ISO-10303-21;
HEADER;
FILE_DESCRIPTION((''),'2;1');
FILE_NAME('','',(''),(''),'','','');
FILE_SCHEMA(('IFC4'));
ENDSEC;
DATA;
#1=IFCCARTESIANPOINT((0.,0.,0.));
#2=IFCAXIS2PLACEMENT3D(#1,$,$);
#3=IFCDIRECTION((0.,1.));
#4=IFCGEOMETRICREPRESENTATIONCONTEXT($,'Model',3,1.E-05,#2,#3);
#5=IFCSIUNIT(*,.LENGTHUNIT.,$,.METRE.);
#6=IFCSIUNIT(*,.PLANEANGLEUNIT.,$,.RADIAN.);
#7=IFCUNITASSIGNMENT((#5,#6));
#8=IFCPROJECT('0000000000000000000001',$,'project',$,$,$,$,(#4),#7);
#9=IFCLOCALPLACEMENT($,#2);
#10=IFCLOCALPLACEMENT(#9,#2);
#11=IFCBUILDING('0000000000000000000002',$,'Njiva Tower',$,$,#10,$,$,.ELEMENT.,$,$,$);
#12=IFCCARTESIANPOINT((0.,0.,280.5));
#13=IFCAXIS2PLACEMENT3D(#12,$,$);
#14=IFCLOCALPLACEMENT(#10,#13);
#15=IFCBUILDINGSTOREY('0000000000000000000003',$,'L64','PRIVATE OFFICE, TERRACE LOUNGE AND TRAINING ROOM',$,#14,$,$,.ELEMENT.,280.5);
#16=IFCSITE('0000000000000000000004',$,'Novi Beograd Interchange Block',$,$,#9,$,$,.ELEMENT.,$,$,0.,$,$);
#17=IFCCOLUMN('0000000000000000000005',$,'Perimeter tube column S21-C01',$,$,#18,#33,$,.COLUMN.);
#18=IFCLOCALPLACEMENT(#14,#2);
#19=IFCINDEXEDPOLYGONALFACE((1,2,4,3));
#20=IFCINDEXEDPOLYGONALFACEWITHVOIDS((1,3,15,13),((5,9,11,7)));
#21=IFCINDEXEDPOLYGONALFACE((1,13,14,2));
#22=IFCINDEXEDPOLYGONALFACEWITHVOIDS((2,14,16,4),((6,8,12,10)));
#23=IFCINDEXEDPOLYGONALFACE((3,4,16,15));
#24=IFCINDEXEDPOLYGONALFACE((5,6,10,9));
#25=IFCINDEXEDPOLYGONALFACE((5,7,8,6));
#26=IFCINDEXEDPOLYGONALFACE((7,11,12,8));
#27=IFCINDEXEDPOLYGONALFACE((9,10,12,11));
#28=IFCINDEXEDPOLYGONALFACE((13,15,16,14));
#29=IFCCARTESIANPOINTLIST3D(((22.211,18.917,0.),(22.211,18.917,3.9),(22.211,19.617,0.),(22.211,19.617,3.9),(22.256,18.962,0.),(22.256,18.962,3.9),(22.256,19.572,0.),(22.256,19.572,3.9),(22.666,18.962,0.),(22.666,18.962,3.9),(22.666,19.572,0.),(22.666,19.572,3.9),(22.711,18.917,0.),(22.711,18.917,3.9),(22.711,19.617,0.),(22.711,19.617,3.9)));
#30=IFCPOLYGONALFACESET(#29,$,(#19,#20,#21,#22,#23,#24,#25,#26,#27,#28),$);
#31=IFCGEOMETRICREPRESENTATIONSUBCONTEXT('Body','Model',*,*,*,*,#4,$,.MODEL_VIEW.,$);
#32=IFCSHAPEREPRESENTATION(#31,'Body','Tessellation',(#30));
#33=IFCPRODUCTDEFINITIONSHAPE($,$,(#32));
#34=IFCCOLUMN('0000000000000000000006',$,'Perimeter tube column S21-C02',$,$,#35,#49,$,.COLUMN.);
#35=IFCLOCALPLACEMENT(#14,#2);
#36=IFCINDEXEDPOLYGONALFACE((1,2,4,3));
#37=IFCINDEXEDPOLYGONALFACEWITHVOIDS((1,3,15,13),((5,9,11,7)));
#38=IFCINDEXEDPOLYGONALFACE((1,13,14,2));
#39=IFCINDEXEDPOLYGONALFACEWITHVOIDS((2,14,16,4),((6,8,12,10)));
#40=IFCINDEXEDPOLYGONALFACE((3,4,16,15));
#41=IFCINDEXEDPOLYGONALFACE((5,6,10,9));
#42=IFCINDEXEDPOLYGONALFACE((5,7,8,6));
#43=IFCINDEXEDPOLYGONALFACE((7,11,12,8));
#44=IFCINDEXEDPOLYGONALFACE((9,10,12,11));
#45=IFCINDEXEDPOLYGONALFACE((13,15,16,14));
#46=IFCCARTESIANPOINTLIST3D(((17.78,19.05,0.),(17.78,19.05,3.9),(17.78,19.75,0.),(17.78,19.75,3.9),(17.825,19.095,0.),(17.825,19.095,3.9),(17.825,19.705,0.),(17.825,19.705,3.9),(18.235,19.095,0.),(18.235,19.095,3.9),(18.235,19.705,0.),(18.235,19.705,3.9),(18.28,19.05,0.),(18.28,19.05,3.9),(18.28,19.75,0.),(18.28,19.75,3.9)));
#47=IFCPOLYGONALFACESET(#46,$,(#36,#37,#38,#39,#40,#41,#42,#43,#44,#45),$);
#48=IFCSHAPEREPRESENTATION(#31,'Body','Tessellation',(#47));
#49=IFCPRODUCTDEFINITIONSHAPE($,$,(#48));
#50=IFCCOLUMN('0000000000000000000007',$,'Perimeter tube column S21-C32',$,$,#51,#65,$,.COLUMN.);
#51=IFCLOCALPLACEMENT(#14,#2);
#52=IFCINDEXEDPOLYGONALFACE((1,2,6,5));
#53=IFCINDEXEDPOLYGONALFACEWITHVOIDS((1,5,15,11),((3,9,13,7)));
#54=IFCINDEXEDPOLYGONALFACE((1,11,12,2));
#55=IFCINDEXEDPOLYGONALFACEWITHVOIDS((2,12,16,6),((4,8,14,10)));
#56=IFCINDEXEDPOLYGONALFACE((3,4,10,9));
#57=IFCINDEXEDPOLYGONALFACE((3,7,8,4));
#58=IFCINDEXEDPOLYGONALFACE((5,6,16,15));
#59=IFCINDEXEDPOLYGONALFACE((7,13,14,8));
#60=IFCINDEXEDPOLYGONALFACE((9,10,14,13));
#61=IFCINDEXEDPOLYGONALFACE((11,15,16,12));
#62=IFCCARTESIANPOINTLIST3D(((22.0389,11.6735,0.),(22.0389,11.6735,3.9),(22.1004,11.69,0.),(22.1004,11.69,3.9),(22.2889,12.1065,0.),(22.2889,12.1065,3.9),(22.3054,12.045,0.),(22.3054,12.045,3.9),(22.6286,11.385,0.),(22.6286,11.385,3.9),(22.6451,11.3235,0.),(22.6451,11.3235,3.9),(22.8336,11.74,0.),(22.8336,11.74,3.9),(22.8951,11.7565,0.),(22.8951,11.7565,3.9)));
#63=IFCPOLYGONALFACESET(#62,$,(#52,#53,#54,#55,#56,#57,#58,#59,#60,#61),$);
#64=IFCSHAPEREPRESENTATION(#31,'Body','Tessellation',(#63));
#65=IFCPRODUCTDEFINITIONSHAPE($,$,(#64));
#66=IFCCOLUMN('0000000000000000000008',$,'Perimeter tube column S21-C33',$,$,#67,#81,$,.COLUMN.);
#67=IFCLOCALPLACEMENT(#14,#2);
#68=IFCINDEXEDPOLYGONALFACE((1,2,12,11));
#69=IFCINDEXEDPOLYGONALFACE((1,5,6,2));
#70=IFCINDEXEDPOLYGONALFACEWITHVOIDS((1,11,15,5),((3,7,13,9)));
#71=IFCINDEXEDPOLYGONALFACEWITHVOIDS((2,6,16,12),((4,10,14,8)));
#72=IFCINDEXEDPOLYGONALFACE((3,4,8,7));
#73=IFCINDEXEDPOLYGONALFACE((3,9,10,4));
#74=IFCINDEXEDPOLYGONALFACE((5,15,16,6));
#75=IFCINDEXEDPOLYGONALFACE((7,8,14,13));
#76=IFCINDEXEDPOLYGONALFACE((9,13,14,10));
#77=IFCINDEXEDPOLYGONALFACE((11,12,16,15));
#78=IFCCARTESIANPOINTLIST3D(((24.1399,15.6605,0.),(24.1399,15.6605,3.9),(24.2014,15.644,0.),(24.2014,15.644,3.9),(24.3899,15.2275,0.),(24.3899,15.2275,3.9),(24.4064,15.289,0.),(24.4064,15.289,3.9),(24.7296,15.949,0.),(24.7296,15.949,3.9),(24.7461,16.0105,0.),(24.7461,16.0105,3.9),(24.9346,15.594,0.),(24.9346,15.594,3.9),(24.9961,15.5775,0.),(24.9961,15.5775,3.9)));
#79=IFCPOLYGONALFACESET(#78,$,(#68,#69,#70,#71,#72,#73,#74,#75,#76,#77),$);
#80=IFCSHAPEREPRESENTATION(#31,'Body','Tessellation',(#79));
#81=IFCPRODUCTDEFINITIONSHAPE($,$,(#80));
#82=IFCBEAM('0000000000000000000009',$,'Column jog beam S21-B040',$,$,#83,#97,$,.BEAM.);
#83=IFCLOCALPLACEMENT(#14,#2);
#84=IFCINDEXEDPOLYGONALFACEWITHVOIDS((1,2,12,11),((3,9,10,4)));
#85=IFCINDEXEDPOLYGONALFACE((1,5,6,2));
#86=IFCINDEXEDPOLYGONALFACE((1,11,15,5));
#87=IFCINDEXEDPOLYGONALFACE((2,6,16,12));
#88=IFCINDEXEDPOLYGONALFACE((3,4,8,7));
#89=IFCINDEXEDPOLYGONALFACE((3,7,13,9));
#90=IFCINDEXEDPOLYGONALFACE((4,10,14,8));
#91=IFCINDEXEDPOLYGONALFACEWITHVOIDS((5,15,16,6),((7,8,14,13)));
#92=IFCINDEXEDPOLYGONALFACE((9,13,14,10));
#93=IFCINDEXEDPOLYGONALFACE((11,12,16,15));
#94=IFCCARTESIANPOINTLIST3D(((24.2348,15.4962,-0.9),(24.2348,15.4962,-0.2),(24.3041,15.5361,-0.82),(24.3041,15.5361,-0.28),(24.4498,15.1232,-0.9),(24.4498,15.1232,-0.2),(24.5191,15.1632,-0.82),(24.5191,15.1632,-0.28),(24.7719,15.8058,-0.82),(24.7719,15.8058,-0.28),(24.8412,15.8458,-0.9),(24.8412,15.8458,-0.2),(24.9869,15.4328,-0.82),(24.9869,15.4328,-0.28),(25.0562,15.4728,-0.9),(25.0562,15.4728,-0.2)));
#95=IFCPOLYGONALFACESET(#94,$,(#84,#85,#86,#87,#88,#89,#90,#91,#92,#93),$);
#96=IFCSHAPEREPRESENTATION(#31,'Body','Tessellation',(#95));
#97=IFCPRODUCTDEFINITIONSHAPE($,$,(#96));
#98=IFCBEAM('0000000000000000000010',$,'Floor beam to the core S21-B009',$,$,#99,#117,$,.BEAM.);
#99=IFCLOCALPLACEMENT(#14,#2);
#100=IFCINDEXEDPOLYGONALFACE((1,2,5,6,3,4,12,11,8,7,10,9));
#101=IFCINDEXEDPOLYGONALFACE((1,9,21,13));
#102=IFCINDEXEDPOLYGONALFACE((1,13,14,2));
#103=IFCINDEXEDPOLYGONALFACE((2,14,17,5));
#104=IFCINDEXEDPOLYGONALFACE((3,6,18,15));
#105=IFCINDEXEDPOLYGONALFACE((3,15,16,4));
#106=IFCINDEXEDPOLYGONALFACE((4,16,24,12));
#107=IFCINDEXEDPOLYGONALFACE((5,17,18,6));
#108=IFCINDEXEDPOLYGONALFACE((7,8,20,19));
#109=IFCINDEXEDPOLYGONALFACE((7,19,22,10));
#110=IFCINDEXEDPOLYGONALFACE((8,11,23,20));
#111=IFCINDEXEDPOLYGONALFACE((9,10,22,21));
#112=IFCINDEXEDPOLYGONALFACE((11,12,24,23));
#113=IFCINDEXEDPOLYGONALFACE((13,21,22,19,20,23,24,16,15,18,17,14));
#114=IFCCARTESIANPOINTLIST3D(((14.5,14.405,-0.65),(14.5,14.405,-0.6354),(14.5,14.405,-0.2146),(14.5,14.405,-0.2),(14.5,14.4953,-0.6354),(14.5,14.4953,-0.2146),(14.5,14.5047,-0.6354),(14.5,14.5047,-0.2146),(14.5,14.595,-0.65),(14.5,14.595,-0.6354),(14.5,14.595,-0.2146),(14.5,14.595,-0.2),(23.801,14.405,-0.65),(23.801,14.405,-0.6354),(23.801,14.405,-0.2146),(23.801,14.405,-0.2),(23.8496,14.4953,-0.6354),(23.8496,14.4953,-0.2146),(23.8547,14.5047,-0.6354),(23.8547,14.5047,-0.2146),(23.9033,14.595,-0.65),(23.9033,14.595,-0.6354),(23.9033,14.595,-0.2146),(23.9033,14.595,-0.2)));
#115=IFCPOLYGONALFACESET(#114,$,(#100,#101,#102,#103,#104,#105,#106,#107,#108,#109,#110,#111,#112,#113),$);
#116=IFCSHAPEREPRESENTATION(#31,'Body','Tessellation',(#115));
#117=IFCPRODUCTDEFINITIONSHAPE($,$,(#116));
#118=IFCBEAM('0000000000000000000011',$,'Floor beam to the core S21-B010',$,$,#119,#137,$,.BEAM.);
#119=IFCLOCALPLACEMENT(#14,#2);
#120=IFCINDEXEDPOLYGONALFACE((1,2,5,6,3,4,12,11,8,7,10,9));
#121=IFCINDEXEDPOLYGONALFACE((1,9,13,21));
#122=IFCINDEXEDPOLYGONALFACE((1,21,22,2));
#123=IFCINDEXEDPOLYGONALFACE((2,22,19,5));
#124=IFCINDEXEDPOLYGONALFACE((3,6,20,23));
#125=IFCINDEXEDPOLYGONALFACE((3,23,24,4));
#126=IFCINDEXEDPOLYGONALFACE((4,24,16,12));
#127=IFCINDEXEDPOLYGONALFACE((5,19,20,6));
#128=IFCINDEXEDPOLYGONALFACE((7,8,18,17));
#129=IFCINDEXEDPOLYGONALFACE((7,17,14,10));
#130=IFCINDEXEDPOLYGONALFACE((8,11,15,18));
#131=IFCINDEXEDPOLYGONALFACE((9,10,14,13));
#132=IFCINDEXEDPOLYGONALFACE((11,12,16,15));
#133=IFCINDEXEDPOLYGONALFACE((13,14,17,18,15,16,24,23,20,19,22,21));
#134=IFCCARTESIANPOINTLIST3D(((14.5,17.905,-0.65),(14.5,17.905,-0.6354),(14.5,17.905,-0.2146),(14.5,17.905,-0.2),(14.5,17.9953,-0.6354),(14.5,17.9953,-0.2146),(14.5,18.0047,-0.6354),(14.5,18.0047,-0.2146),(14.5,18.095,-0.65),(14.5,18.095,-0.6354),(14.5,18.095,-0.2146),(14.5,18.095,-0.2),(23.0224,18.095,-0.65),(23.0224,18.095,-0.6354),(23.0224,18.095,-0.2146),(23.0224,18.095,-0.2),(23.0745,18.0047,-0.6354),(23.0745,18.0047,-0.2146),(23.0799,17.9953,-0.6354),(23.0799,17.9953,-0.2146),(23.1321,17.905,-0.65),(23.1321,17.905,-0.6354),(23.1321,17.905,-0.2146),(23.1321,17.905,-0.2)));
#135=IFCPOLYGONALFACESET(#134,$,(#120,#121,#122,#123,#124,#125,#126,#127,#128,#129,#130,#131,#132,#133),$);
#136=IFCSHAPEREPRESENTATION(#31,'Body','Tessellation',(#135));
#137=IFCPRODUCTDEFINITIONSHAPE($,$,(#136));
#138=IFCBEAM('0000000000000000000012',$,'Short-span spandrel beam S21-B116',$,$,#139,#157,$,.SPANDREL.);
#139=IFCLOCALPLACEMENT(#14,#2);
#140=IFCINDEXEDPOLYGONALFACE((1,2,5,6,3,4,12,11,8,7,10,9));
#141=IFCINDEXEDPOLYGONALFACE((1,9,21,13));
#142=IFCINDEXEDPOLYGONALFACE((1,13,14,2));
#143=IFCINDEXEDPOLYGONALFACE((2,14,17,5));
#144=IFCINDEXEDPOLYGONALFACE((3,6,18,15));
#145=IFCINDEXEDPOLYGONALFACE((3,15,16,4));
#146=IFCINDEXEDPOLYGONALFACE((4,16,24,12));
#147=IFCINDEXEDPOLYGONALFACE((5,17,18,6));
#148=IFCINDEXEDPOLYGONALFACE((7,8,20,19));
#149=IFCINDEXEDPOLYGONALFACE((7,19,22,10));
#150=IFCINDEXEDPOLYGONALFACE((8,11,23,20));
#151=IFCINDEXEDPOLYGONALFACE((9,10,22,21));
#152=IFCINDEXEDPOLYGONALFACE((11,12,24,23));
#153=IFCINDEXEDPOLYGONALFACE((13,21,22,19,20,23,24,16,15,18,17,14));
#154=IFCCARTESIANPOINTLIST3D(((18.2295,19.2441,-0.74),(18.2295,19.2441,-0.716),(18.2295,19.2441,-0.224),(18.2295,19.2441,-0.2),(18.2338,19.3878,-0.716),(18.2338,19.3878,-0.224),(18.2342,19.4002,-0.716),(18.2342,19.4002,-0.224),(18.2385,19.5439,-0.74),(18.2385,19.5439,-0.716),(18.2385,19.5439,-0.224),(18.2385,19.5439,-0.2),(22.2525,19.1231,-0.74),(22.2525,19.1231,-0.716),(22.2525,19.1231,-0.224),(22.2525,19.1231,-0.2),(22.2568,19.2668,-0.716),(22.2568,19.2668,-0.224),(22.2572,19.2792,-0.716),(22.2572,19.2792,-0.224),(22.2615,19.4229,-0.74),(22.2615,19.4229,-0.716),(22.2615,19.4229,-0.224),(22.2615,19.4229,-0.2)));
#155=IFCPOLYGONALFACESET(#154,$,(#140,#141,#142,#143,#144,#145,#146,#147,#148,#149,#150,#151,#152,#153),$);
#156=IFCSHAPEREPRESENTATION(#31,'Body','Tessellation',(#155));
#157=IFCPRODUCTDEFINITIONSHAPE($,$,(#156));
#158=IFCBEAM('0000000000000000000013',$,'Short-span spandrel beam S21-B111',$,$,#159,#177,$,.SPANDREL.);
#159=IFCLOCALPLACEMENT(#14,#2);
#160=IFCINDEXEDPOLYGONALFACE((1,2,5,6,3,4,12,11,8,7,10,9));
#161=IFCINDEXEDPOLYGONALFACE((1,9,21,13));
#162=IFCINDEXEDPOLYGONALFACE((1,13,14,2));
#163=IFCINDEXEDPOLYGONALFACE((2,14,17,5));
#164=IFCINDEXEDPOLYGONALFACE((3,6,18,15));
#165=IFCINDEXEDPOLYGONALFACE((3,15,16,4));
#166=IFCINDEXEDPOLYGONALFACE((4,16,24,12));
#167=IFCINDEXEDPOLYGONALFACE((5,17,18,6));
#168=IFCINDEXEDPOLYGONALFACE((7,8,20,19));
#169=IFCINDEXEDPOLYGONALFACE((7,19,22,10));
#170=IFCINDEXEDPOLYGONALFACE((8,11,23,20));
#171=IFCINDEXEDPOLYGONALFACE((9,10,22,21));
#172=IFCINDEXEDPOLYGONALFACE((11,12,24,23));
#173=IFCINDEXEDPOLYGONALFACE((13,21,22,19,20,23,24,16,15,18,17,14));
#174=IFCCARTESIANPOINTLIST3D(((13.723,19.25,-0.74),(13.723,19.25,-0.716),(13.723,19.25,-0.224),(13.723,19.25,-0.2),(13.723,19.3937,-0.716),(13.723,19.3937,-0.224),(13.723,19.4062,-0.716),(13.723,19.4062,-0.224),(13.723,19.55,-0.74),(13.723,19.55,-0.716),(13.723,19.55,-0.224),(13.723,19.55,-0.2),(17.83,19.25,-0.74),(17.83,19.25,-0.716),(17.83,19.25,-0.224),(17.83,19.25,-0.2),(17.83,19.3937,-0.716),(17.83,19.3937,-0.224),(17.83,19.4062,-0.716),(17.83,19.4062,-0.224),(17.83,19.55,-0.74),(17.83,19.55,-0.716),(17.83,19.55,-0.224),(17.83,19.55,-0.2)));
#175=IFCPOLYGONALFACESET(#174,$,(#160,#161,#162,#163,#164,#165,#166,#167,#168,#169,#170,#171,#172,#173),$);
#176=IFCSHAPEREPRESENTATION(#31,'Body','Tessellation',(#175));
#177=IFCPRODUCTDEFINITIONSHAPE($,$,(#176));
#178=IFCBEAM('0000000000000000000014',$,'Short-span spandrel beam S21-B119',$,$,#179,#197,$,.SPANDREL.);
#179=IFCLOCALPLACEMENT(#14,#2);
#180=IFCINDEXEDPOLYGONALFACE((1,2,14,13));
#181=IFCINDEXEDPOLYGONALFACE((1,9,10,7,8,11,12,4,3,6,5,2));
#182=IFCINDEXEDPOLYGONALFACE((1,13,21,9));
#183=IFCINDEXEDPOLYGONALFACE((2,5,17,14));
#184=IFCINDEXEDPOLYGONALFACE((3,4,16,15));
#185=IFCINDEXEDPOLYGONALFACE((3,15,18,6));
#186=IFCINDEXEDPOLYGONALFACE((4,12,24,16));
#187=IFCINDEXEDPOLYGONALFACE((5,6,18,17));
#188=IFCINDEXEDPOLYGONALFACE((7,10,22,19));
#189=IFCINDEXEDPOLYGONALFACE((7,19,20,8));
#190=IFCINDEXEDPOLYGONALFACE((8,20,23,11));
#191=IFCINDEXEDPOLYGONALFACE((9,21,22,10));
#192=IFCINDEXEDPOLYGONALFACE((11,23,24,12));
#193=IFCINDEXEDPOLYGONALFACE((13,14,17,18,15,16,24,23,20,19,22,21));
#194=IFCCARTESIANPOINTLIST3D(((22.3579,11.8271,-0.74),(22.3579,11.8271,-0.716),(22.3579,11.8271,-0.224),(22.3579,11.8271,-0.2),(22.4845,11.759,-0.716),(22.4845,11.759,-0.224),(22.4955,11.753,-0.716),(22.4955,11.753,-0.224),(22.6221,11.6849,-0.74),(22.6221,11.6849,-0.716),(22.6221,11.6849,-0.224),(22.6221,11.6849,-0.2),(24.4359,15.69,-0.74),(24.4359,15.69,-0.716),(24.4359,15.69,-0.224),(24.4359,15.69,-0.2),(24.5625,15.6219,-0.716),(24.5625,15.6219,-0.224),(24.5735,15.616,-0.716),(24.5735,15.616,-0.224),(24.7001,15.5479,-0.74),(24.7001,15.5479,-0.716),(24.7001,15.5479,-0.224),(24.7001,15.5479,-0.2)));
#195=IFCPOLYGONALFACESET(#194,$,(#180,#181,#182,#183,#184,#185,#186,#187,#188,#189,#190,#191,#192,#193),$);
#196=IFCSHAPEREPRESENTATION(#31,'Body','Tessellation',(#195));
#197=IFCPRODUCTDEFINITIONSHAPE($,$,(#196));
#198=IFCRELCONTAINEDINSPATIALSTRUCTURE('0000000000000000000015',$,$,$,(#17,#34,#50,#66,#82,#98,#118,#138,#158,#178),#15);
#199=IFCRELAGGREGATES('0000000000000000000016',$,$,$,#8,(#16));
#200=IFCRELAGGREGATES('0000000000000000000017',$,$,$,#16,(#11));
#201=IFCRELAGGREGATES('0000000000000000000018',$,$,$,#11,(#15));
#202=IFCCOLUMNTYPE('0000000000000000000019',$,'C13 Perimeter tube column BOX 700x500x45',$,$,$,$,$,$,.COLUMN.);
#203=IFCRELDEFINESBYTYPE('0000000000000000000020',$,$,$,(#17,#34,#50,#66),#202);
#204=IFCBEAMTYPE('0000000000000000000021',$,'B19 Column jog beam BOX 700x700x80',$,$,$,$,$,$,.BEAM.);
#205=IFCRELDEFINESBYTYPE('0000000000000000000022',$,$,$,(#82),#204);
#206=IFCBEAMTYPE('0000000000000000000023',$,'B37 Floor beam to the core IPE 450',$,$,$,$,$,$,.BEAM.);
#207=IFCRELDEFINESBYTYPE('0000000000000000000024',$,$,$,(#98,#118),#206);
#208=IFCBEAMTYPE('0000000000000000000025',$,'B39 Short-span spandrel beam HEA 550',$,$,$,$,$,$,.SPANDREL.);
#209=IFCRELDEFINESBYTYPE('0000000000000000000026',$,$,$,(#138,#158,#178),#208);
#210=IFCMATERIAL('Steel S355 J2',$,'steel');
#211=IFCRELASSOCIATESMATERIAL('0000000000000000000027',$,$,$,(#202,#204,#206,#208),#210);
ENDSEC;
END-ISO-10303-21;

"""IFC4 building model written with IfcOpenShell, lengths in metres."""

from ifc_helpers import new_model, si_unit, direction, frame, origin, origin_2d, place, context, subcontext, project, spatial, hollow_rectangle, i_section, extrude, clip, halfspace, material, material_profile, profile_set, type_object, element, save


model = new_model("IFC4")

# Units and contexts
model_context = context("Model", 3, precision=1e-05, world=origin(), true_north=direction((0.0, 1.0)))
body_context = subcontext(model_context, "Body", "Model", "MODEL_VIEW")
ifc_project = project(units=[si_unit("LENGTHUNIT", "METRE"), si_unit("PLANEANGLEUNIT", "RADIAN")], contexts=[model_context])

# Site, building, storey
site_placement = place(None, origin())
site = spatial("IfcSite", under=ifc_project, at=site_placement, Name="Novi Beograd Interchange Block", CompositionType="ELEMENT", RefElevation=0.0)
building_placement = place(site_placement, origin())
building = spatial("IfcBuilding", under=site, at=building_placement, Name="Njiva Tower", CompositionType="ELEMENT")
storey_placement = place(building_placement, frame((0.0, 0.0, 280.5)))
storey = spatial("IfcBuildingStorey", under=building, at=storey_placement, Name="L64", Description="PRIVATE OFFICE, TERRACE LOUNGE AND TRAINING ROOM", CompositionType="ELEMENT", Elevation=280.5)

# Columns
ifc_material_1 = material(Name="Steel S355 J2", Category="steel")
ifc_material_profile_1 = material_profile(ifc_material_1, hollow_rectangle(XDim=0.5, YDim=0.7, WallThickness=0.045, at=origin_2d()), Name="BOX 700x500x45")
ifc_profile_set_1 = profile_set([ifc_material_profile_1], Name="Steel S355 J2")
column_type = type_object("IfcColumnType", Name="C13 Perimeter tube column BOX 700x500x45", PredefinedType="COLUMN", material=ifc_profile_set_1)
for number, where, z_axis, x_axis, name in (
    (1, (22.461, 19.267, 0.0), (0.0, 0.0, 1.0), (-1.0, 0.0, 0.0), "Perimeter tube column S21-C01"),
    (2, (18.03, 19.4, 0.0), (0.0, 0.0, 1.0), (-1.0, 0.0, 0.0), "Perimeter tube column S21-C02"),
    (3, (22.467, 11.715, 0.0), (0.0, 0.0, 1.0), (0.5, 0.866025, 0.0), "Perimeter tube column S21-C32"),
    (4, (24.568, 15.619, 0.0), (0.0, 0.0, 1.0), (-0.5, 0.866025, 0.0), "Perimeter tube column S21-C33"),
):
    element("IfcColumn", number, at=place(storey_placement, frame(where, z_axis=z_axis, x_axis=x_axis)), inside=storey, type_object=column_type, Name=name, PredefinedType="COLUMN", context=body_context, shape_type="SweptSolid", body=[
        extrude(hollow_rectangle(XDim=0.5, YDim=0.7, WallThickness=0.045, at=origin_2d()), origin(), (0.0, 0.0, 1.0), 3.9),
    ])

# Beams
ifc_material_profile_2 = material_profile(ifc_material_1, hollow_rectangle(XDim=0.7, YDim=0.7, WallThickness=0.08, at=origin_2d()), Name="BOX 700x700x80")
ifc_profile_set_2 = profile_set([ifc_material_profile_2], Name="Steel S355 J2")
beam_type_1 = type_object("IfcBeamType", Name="B19 Column jog beam BOX 700x700x80", PredefinedType="BEAM", material=ifc_profile_set_2)
beam_1_placement = place(storey_placement, frame((24.753, 15.298, -0.55), z_axis=(-0.499387, 0.866379, 0.0), x_axis=(-0.866379, -0.499387, 0.0)))
element("IfcBeam", 5, at=beam_1_placement, inside=storey, type_object=beam_type_1, Name="Column jog beam S21-B040", PredefinedType="BEAM", context=body_context, shape_type="SweptSolid", body=[
    extrude(hollow_rectangle(XDim=0.7, YDim=0.7, WallThickness=0.08, at=origin_2d()), origin(), (0.0, 0.0, 1.0), 0.4305),
])
ifc_material_profile_3 = material_profile(ifc_material_1, i_section(OverallWidth=0.19, OverallDepth=0.45, WebThickness=0.0094, FlangeThickness=0.0146, at=origin_2d()), Name="IPE 450")
ifc_profile_set_3 = profile_set([ifc_material_profile_3], Name="Steel S355 J2")
beam_type_2 = type_object("IfcBeamType", Name="B37 Floor beam to the core IPE 450", PredefinedType="BEAM", material=ifc_profile_set_3)
beam_2_placement = place(storey_placement, frame((14.5, 14.5, -0.425), z_axis=(1.0, 0.0, 0.0), x_axis=(0.0, 1.0, 0.0)))
element("IfcBeam", 6, at=beam_2_placement, inside=storey, type_object=beam_type_2, Name="Floor beam to the core S21-B009", PredefinedType="BEAM", context=body_context, shape_type="Clipping", body=[
    clip(extrude(i_section(OverallWidth=0.19, OverallDepth=0.45, WebThickness=0.0094, FlangeThickness=0.0146, at=origin_2d()), origin(), (0.0, 0.0, 1.0), 9.423), halfspace(frame((-0.0237, 0.0, 9.3394), z_axis=(-0.473769, 0.0, 0.880649), x_axis=(0.0, 1.0, 0.0)), False)),
])
beam_3_placement = place(storey_placement, frame((14.5, 18.0, -0.425), z_axis=(1.0, 0.0, 0.0), x_axis=(0.0, 1.0, 0.0)))
element("IfcBeam", 7, at=beam_3_placement, inside=storey, type_object=beam_type_2, Name="Floor beam to the core S21-B010", PredefinedType="BEAM", context=body_context, shape_type="Clipping", body=[
    clip(extrude(i_section(OverallWidth=0.19, OverallDepth=0.45, WebThickness=0.0094, FlangeThickness=0.0146, at=origin_2d()), origin(), (0.0, 0.0, 1.0), 8.652), halfspace(frame((0.025, 0.0, 8.5628), z_axis=(0.499998, 0.0, 0.866027), x_axis=(0.0, 1.0, 0.0)), False)),
])
ifc_material_profile_4 = material_profile(ifc_material_1, i_section(OverallWidth=0.3, OverallDepth=0.54, WebThickness=0.0125, FlangeThickness=0.024, at=origin_2d()), Name="HEA 550")
ifc_profile_set_4 = profile_set([ifc_material_profile_4], Name="Steel S355 J2")
beam_type_3 = type_object("IfcBeamType", Name="B39 Short-span spandrel beam HEA 550", PredefinedType="SPANDREL", material=ifc_profile_set_4)
beam_4_placement = place(storey_placement, frame((22.257, 19.273, -0.47), z_axis=(-0.999548, 0.030063, 0.0), x_axis=(-0.030063, -0.999548, 0.0)))
element("IfcBeam", 8, at=beam_4_placement, inside=storey, type_object=beam_type_3, Name="Short-span spandrel beam S21-B116", PredefinedType="SPANDREL", context=body_context, shape_type="SweptSolid", body=[
    extrude(i_section(OverallWidth=0.3, OverallDepth=0.54, WebThickness=0.0125, FlangeThickness=0.024, at=origin_2d()), origin(), (0.0, 0.0, 1.0), 4.0248),
])
beam_5_placement = place(storey_placement, frame((17.83, 19.4, -0.47), z_axis=(-1.0, 0.0, 0.0), x_axis=(0.0, -1.0, 0.0)))
element("IfcBeam", 9, at=beam_5_placement, inside=storey, type_object=beam_type_3, Name="Short-span spandrel beam S21-B111", PredefinedType="SPANDREL", context=body_context, shape_type="SweptSolid", body=[
    extrude(i_section(OverallWidth=0.3, OverallDepth=0.54, WebThickness=0.0125, FlangeThickness=0.024, at=origin_2d()), origin(), (0.0, 0.0, 1.0), 4.107),
])
beam_6_placement = place(storey_placement, frame((22.49, 11.756, -0.47), z_axis=(0.473733, 0.880669, 0.0), x_axis=(-0.880669, 0.473733, 0.0)))
element("IfcBeam", 10, at=beam_6_placement, inside=storey, type_object=beam_type_3, Name="Short-span spandrel beam S21-B119", PredefinedType="SPANDREL", context=body_context, shape_type="SweptSolid", body=[
    extrude(i_section(OverallWidth=0.3, OverallDepth=0.54, WebThickness=0.0125, FlangeThickness=0.024, at=origin_2d()), origin(), (0.0, 0.0, 1.0), 4.3864),
])

save(model, "model.ifc")
